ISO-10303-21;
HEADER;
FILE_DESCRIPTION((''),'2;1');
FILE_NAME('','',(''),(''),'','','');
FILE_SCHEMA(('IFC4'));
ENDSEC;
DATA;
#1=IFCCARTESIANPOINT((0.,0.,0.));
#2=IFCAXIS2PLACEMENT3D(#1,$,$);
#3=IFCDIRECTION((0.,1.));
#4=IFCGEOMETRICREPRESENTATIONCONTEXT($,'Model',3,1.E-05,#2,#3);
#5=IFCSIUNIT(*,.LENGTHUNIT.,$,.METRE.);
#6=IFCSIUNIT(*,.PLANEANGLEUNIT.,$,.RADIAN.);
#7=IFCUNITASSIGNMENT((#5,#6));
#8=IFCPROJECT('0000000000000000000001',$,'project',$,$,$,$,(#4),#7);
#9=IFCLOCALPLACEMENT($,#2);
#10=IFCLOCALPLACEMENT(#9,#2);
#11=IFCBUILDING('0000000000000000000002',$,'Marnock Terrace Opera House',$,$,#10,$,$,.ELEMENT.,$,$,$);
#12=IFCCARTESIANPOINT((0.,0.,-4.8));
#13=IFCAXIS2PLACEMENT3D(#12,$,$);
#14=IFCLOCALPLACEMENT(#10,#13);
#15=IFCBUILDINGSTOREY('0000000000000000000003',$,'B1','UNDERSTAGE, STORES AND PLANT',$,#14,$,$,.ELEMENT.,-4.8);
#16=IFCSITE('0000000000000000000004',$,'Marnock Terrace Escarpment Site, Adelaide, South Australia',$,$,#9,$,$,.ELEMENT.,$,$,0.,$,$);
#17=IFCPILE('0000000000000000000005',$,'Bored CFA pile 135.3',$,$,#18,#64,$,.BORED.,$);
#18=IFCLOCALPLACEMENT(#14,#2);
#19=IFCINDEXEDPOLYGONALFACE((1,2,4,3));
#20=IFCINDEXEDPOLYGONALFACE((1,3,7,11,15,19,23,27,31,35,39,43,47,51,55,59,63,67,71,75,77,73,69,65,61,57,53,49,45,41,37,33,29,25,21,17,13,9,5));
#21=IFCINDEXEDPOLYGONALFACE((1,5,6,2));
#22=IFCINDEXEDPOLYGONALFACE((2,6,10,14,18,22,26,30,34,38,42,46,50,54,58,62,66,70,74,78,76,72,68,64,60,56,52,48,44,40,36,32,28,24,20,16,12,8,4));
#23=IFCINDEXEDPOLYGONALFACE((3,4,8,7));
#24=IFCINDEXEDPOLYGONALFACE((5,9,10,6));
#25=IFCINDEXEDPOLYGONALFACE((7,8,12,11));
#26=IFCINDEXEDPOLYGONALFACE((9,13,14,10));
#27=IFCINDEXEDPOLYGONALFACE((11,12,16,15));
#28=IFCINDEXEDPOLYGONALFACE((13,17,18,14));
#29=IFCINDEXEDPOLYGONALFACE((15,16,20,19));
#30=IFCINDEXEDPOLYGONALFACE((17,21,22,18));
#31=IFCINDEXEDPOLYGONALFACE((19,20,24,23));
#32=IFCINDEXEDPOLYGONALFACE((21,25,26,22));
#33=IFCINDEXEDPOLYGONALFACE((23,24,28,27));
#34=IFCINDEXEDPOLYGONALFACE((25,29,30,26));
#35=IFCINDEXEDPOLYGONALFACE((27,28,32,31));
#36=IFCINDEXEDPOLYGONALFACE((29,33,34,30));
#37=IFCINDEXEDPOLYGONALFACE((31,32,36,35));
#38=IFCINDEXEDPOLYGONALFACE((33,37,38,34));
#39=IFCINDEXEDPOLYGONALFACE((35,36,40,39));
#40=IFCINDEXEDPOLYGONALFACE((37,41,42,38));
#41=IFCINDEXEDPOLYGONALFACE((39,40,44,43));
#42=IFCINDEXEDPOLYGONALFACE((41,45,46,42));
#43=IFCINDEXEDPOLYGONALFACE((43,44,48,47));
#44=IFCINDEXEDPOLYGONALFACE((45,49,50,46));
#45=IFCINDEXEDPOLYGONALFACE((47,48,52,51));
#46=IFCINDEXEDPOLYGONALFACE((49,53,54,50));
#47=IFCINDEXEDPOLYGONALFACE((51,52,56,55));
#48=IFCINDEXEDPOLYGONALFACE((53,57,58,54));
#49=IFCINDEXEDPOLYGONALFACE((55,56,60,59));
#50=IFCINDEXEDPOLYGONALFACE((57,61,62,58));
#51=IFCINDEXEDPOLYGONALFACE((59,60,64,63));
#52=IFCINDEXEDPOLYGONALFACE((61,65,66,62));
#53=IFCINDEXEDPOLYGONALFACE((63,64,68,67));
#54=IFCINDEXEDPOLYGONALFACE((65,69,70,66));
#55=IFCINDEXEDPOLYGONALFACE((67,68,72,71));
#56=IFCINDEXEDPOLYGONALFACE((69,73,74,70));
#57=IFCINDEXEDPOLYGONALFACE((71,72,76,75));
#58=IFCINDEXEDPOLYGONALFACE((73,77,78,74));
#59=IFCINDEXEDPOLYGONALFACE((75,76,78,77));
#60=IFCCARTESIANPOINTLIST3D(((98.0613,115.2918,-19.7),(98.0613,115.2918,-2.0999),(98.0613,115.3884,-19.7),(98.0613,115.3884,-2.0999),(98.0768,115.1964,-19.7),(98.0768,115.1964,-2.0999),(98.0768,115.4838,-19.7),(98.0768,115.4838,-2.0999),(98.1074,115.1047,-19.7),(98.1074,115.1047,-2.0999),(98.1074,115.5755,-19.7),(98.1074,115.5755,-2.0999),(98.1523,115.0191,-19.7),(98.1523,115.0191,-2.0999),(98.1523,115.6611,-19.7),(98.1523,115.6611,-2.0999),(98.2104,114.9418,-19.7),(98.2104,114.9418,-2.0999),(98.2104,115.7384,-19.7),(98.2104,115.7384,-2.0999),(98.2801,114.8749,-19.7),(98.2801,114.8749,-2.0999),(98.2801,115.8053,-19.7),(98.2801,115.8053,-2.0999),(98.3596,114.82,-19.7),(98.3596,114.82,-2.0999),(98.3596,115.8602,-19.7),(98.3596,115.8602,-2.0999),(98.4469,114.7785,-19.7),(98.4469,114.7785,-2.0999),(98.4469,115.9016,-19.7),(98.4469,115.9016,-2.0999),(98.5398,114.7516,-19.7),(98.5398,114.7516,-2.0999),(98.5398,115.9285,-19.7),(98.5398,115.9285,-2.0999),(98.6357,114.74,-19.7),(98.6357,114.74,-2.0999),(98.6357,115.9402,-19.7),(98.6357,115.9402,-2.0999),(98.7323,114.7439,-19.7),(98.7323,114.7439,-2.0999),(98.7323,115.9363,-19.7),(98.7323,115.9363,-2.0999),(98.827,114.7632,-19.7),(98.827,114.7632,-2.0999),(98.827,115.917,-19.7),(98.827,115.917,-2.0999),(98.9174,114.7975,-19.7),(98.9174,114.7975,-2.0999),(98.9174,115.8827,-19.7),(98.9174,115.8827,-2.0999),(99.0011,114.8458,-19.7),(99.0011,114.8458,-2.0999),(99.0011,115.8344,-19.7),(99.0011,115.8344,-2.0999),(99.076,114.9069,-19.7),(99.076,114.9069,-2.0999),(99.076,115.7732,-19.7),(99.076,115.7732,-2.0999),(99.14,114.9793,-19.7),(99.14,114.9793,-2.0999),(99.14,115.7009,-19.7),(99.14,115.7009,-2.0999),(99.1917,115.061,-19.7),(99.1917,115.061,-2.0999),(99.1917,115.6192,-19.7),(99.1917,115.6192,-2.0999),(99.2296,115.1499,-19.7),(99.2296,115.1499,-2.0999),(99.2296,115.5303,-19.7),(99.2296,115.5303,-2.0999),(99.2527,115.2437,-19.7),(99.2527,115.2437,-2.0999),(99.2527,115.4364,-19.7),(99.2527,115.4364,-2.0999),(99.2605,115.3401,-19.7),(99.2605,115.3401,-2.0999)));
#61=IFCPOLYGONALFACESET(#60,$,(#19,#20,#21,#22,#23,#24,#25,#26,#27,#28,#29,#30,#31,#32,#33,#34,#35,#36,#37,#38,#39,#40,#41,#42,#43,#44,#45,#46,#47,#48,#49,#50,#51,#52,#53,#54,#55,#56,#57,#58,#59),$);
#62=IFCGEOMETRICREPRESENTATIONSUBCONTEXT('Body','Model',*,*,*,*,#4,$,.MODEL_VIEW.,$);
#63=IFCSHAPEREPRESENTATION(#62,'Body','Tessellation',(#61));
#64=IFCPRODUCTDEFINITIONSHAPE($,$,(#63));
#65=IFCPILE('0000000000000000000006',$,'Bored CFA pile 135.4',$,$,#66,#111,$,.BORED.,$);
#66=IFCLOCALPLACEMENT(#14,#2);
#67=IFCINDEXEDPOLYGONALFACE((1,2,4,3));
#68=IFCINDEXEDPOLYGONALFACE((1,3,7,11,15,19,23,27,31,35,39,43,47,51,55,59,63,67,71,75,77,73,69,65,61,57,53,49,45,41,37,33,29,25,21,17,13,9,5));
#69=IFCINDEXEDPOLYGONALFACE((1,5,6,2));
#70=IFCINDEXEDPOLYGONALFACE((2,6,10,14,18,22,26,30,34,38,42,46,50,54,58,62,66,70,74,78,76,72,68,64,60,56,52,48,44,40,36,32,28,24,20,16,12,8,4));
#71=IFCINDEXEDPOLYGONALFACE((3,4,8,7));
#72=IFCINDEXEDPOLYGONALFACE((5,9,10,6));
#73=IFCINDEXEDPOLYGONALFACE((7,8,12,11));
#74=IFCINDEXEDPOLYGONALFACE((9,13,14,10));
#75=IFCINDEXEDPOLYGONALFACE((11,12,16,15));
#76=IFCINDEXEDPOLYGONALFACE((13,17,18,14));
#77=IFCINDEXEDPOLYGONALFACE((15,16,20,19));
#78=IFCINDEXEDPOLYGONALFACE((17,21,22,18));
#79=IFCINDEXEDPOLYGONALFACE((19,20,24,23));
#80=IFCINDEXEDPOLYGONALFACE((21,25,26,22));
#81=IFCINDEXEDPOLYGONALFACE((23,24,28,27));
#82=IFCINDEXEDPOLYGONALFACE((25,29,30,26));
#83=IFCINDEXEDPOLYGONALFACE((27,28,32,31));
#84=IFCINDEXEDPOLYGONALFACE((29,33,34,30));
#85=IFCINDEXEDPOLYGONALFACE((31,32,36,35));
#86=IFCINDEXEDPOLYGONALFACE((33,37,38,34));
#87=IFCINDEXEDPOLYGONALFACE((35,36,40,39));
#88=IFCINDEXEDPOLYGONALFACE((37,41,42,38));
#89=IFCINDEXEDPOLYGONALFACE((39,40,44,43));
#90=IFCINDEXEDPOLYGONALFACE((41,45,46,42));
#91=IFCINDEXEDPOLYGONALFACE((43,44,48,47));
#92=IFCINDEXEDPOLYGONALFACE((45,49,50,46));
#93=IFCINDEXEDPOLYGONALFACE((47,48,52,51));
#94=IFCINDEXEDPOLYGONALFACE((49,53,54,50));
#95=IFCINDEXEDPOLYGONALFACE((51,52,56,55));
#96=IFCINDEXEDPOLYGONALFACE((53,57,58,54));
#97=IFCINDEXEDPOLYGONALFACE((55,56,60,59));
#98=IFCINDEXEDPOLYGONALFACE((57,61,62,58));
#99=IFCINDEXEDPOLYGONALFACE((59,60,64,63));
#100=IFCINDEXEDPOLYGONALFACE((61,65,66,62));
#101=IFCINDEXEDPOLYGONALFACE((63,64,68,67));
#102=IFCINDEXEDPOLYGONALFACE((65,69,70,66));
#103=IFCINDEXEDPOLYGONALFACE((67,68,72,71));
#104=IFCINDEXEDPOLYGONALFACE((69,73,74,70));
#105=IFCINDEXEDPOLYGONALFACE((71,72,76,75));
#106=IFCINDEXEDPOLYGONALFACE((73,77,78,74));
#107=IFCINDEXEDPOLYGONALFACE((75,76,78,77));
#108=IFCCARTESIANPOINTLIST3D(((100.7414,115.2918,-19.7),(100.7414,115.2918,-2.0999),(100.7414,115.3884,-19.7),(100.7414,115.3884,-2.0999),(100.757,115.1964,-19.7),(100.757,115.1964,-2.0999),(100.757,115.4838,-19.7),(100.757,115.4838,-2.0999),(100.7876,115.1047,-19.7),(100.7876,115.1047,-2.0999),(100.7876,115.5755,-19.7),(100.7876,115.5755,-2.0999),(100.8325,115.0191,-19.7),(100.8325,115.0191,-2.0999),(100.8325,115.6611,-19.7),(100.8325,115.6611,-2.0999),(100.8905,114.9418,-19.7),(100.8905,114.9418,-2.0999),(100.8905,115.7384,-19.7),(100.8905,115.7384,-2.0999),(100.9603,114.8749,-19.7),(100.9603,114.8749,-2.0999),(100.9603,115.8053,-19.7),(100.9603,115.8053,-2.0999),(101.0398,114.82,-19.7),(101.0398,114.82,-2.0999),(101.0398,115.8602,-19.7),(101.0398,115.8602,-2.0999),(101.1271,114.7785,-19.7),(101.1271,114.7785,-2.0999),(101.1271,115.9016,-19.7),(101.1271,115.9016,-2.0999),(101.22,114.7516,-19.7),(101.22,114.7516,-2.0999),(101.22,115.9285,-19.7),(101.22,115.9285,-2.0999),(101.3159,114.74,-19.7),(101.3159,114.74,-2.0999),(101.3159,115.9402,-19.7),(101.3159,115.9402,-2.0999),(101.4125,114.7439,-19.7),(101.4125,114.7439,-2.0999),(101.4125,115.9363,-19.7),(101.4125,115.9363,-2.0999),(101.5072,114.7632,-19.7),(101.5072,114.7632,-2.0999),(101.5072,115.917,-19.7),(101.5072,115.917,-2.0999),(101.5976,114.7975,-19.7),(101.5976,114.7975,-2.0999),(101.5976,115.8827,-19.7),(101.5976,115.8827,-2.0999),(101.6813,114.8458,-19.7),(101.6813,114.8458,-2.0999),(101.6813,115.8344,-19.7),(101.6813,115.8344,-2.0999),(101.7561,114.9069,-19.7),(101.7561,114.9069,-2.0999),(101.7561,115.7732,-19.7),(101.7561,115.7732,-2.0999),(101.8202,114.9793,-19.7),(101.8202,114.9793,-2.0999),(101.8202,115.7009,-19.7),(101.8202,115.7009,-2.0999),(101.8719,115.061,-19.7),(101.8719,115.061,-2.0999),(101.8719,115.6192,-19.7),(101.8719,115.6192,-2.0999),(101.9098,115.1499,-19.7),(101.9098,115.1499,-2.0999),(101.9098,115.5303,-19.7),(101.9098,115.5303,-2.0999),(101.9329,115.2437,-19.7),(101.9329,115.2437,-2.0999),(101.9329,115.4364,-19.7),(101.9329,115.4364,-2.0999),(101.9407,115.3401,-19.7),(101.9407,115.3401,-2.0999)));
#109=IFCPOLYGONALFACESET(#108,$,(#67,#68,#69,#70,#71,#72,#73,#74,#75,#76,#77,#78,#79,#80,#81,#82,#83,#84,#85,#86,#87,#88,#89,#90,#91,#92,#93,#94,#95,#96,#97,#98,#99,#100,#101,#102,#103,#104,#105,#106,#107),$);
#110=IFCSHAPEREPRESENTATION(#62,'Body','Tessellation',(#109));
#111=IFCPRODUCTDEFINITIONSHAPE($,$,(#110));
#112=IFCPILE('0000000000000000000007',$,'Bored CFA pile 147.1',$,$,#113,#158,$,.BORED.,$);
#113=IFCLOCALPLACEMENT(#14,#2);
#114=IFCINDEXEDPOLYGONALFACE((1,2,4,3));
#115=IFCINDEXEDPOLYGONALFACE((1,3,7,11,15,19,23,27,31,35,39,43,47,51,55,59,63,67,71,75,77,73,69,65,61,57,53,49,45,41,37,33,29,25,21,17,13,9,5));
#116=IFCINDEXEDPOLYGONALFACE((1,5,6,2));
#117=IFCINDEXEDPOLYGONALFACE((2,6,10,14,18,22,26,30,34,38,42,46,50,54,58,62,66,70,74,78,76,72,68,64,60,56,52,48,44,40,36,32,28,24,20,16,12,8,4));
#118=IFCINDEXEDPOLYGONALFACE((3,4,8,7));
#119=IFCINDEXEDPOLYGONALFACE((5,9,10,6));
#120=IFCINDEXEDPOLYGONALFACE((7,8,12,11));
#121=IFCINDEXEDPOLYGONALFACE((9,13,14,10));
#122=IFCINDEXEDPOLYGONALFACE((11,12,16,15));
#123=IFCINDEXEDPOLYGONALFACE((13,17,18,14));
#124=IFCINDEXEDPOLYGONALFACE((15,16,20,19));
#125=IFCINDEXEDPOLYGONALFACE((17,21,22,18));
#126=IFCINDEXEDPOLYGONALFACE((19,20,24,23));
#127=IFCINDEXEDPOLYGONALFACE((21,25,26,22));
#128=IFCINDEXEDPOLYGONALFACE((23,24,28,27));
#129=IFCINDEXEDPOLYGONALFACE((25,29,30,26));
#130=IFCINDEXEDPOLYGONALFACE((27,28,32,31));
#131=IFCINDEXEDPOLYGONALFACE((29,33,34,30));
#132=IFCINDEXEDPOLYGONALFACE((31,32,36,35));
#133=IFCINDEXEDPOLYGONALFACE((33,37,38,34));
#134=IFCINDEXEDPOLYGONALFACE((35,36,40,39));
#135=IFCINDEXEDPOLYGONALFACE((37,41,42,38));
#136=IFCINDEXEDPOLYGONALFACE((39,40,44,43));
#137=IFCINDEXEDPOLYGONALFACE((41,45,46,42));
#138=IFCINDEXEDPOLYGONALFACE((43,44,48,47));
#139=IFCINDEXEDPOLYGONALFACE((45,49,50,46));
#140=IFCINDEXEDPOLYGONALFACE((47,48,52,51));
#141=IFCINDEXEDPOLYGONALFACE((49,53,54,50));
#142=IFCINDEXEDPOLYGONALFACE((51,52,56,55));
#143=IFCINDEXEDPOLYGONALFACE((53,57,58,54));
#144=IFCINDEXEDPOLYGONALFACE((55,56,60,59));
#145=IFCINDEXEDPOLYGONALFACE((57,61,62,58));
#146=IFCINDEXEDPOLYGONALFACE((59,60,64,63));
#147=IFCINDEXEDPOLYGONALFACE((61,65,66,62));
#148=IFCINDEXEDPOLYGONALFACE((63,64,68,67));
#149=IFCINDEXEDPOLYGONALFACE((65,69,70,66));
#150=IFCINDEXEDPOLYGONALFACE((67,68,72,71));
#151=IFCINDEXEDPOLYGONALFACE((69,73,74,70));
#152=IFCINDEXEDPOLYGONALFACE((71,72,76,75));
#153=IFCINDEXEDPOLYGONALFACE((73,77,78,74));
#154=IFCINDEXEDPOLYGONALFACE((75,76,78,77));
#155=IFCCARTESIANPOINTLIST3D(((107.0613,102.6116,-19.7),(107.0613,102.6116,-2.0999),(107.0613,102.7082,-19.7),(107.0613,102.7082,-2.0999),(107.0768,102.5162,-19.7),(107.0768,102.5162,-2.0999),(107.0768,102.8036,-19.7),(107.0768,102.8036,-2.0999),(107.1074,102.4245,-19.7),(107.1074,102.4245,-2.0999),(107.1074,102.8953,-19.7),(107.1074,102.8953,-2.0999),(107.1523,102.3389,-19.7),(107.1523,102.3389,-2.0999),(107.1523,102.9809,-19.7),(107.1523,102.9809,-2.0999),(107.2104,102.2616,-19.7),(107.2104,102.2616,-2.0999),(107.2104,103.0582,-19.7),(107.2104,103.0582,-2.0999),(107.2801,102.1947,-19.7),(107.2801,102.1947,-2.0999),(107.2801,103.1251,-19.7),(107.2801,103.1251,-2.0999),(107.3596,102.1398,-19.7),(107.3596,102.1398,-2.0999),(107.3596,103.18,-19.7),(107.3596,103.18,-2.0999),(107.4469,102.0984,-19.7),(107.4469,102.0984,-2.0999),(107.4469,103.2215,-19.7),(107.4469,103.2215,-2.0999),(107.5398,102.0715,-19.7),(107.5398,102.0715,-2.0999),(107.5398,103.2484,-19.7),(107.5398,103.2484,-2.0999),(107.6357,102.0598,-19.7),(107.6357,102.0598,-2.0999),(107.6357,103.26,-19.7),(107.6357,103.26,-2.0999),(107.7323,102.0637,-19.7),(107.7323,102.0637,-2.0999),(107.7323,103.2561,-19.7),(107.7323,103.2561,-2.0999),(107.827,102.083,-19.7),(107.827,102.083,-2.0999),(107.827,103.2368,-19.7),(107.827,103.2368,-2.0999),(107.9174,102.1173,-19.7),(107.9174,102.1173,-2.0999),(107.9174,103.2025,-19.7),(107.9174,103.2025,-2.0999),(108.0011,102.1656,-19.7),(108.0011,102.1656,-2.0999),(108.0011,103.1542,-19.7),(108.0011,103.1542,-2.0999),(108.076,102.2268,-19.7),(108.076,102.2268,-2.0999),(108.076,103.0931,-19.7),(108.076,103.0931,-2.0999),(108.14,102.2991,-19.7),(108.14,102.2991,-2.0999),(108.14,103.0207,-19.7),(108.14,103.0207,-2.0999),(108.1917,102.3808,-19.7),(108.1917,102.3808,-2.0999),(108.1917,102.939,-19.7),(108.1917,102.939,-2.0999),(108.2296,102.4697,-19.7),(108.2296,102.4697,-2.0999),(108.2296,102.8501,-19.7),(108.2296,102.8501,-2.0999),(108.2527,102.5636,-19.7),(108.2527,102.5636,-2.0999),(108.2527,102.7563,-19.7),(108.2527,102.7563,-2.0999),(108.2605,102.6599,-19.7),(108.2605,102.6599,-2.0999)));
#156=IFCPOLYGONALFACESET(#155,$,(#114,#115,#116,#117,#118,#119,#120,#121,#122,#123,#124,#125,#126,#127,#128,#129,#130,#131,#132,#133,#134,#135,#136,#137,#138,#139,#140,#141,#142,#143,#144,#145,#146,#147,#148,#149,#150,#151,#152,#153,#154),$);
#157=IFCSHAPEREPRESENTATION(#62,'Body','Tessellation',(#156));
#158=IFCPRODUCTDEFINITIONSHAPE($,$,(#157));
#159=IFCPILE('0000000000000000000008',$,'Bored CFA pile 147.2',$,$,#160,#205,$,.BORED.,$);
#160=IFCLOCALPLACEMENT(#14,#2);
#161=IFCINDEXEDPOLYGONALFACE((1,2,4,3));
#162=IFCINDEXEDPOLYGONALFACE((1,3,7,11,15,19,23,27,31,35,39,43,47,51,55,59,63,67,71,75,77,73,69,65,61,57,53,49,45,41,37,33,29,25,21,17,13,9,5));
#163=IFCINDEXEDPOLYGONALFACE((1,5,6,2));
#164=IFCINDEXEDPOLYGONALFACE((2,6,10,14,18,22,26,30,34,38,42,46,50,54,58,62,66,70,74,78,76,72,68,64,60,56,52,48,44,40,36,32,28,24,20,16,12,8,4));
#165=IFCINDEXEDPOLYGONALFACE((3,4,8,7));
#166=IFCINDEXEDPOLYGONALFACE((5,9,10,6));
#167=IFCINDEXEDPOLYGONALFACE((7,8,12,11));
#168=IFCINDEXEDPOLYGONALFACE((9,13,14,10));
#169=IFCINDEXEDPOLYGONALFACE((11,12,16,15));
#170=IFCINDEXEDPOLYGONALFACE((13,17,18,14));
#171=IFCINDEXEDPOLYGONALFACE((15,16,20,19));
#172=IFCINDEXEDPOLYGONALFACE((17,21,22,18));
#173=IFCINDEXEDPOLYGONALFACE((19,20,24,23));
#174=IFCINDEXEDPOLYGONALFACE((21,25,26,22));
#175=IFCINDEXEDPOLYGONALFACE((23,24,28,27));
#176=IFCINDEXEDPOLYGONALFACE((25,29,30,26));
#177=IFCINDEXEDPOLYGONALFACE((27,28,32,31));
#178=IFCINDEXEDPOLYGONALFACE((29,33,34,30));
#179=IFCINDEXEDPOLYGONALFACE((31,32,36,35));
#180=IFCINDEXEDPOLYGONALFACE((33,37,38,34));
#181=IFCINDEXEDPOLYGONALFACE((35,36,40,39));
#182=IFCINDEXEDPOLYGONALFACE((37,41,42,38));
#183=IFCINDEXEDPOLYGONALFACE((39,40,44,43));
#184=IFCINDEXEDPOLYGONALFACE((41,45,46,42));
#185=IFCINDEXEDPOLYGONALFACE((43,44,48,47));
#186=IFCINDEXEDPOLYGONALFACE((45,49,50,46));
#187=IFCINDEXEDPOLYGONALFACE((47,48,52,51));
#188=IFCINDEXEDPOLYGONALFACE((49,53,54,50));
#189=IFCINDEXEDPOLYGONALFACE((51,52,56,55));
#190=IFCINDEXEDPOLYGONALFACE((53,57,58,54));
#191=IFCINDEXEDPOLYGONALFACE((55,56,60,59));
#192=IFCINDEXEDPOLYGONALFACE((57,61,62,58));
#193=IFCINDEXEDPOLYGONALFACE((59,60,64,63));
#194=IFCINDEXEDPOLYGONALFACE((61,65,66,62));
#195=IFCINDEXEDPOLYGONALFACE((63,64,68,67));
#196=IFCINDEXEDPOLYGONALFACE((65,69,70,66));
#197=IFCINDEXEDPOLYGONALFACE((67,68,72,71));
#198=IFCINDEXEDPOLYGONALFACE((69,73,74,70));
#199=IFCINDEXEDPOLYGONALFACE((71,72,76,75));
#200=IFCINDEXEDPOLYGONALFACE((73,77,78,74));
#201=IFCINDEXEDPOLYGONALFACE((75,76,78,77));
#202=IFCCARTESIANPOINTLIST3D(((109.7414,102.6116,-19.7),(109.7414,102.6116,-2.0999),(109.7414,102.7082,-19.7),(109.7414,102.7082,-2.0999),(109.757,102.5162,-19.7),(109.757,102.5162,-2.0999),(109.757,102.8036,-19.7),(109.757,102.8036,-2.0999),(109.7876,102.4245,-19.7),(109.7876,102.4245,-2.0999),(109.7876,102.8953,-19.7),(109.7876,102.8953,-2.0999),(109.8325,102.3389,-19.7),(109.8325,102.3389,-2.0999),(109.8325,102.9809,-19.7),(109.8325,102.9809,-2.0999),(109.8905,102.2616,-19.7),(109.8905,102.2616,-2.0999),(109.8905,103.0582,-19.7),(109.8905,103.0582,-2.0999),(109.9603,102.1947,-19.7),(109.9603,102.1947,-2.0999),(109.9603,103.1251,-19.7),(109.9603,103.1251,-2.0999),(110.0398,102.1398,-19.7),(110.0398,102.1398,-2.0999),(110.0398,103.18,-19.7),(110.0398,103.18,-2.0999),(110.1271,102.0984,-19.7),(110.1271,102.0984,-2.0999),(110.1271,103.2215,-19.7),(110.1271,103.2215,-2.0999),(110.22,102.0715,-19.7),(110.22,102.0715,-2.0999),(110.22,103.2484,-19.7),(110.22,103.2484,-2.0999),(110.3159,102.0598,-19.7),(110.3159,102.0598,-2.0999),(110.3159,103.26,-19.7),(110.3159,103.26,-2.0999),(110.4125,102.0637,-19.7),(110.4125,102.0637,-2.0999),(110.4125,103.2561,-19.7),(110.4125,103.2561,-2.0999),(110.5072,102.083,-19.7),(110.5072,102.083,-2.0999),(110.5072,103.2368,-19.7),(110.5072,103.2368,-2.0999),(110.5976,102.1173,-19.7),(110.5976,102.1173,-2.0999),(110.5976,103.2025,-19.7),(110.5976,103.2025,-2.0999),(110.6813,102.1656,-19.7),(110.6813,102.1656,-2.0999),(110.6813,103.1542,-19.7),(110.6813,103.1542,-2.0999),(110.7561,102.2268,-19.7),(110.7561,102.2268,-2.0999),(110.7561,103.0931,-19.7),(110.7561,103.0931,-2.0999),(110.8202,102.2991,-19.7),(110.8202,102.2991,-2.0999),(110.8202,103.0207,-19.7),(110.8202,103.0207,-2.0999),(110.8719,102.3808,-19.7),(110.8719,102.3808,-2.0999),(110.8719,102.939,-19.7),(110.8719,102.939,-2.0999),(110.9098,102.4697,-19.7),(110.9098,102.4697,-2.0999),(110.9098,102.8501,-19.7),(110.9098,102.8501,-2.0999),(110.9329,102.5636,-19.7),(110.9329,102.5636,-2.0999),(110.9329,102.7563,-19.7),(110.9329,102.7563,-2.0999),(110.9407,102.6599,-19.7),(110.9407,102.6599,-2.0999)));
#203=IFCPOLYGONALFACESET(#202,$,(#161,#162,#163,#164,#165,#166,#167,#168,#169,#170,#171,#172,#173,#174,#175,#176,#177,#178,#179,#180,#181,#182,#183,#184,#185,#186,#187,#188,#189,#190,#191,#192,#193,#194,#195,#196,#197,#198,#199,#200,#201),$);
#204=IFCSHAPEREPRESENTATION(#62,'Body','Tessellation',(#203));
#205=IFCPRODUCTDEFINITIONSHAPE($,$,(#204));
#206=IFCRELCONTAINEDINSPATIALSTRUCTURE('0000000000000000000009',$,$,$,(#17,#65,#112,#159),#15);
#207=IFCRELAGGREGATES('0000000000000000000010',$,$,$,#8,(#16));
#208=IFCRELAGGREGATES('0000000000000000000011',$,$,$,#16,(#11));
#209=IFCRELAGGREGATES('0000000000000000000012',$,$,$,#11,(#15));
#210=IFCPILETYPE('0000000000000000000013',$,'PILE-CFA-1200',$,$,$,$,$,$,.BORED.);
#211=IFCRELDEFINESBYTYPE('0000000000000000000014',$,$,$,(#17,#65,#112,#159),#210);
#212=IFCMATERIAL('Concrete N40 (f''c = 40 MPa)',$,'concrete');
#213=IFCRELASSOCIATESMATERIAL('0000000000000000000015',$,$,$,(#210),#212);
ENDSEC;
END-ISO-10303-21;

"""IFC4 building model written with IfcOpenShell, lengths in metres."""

from ifc_helpers import new_model, si_unit, direction, frame, origin, origin_2d, place, context, subcontext, project, spatial, circle, extrude, material, material_profile, profile_set, type_object, element, save


model = new_model("IFC4")

# Units and contexts
model_context = context("Model", 3, precision=1e-05, world=origin(), true_north=direction((0.0, 1.0)))
body_context = subcontext(model_context, "Body", "Model", "MODEL_VIEW")
ifc_project = project(units=[si_unit("LENGTHUNIT", "METRE"), si_unit("PLANEANGLEUNIT", "RADIAN")], contexts=[model_context])

# Site, building, storey
site_placement = place(None, origin())
site = spatial("IfcSite", under=ifc_project, at=site_placement, Name="Marnock Terrace Escarpment Site, Adelaide, South Australia", CompositionType="ELEMENT", RefElevation=0.0)
building_placement = place(site_placement, origin())
building = spatial("IfcBuilding", under=site, at=building_placement, Name="Marnock Terrace Opera House", CompositionType="ELEMENT")
storey_placement = place(building_placement, frame((0.0, 0.0, -4.8)))
storey = spatial("IfcBuildingStorey", under=building, at=storey_placement, Name="B1", Description="UNDERSTAGE, STORES AND PLANT", CompositionType="ELEMENT", Elevation=-4.8)

# Shared definitions
ifc_material_1 = material(Name="Concrete N40 (f'c = 40 MPa)", Category="concrete")

# Piles
ifc_material_profile_1 = material_profile(ifc_material_1, circle(Radius=0.6006, at=origin_2d()))
ifc_profile_set_1 = profile_set([ifc_material_profile_1], Name="Concrete N40 (f'c = 40 MPa)")
pile_type = type_object("IfcPileType", Name="PILE-CFA-1200", PredefinedType="BORED", material=ifc_profile_set_1)
for number, where, z_axis, x_axis, name in (
    (1, (98.6599, 115.3401, -2.0999), (0.0, 0.0, -1.0), (1.0, 0.0, 0.0), "Bored CFA pile 135.3"),
    (2, (101.3401, 115.3401, -2.0999), (0.0, 0.0, -1.0), (1.0, 0.0, 0.0), "Bored CFA pile 135.4"),
    (3, (107.6599, 102.6599, -2.0999), (0.0, 0.0, -1.0), (1.0, 0.0, 0.0), "Bored CFA pile 147.1"),
    (4, (110.3401, 102.6599, -2.0999), (0.0, 0.0, -1.0), (1.0, 0.0, 0.0), "Bored CFA pile 147.2"),
):
    element("IfcPile", number, at=place(storey_placement, frame(where, z_axis=z_axis, x_axis=x_axis)), inside=storey, type_object=pile_type, Name=name, PredefinedType="BORED", context=body_context, shape_type="SweptSolid", body=[
        extrude(circle(Radius=0.6006, at=origin_2d()), origin(), (0.0, 0.0, 1.0), 17.6001),
    ])

save(model, "model.ifc")
